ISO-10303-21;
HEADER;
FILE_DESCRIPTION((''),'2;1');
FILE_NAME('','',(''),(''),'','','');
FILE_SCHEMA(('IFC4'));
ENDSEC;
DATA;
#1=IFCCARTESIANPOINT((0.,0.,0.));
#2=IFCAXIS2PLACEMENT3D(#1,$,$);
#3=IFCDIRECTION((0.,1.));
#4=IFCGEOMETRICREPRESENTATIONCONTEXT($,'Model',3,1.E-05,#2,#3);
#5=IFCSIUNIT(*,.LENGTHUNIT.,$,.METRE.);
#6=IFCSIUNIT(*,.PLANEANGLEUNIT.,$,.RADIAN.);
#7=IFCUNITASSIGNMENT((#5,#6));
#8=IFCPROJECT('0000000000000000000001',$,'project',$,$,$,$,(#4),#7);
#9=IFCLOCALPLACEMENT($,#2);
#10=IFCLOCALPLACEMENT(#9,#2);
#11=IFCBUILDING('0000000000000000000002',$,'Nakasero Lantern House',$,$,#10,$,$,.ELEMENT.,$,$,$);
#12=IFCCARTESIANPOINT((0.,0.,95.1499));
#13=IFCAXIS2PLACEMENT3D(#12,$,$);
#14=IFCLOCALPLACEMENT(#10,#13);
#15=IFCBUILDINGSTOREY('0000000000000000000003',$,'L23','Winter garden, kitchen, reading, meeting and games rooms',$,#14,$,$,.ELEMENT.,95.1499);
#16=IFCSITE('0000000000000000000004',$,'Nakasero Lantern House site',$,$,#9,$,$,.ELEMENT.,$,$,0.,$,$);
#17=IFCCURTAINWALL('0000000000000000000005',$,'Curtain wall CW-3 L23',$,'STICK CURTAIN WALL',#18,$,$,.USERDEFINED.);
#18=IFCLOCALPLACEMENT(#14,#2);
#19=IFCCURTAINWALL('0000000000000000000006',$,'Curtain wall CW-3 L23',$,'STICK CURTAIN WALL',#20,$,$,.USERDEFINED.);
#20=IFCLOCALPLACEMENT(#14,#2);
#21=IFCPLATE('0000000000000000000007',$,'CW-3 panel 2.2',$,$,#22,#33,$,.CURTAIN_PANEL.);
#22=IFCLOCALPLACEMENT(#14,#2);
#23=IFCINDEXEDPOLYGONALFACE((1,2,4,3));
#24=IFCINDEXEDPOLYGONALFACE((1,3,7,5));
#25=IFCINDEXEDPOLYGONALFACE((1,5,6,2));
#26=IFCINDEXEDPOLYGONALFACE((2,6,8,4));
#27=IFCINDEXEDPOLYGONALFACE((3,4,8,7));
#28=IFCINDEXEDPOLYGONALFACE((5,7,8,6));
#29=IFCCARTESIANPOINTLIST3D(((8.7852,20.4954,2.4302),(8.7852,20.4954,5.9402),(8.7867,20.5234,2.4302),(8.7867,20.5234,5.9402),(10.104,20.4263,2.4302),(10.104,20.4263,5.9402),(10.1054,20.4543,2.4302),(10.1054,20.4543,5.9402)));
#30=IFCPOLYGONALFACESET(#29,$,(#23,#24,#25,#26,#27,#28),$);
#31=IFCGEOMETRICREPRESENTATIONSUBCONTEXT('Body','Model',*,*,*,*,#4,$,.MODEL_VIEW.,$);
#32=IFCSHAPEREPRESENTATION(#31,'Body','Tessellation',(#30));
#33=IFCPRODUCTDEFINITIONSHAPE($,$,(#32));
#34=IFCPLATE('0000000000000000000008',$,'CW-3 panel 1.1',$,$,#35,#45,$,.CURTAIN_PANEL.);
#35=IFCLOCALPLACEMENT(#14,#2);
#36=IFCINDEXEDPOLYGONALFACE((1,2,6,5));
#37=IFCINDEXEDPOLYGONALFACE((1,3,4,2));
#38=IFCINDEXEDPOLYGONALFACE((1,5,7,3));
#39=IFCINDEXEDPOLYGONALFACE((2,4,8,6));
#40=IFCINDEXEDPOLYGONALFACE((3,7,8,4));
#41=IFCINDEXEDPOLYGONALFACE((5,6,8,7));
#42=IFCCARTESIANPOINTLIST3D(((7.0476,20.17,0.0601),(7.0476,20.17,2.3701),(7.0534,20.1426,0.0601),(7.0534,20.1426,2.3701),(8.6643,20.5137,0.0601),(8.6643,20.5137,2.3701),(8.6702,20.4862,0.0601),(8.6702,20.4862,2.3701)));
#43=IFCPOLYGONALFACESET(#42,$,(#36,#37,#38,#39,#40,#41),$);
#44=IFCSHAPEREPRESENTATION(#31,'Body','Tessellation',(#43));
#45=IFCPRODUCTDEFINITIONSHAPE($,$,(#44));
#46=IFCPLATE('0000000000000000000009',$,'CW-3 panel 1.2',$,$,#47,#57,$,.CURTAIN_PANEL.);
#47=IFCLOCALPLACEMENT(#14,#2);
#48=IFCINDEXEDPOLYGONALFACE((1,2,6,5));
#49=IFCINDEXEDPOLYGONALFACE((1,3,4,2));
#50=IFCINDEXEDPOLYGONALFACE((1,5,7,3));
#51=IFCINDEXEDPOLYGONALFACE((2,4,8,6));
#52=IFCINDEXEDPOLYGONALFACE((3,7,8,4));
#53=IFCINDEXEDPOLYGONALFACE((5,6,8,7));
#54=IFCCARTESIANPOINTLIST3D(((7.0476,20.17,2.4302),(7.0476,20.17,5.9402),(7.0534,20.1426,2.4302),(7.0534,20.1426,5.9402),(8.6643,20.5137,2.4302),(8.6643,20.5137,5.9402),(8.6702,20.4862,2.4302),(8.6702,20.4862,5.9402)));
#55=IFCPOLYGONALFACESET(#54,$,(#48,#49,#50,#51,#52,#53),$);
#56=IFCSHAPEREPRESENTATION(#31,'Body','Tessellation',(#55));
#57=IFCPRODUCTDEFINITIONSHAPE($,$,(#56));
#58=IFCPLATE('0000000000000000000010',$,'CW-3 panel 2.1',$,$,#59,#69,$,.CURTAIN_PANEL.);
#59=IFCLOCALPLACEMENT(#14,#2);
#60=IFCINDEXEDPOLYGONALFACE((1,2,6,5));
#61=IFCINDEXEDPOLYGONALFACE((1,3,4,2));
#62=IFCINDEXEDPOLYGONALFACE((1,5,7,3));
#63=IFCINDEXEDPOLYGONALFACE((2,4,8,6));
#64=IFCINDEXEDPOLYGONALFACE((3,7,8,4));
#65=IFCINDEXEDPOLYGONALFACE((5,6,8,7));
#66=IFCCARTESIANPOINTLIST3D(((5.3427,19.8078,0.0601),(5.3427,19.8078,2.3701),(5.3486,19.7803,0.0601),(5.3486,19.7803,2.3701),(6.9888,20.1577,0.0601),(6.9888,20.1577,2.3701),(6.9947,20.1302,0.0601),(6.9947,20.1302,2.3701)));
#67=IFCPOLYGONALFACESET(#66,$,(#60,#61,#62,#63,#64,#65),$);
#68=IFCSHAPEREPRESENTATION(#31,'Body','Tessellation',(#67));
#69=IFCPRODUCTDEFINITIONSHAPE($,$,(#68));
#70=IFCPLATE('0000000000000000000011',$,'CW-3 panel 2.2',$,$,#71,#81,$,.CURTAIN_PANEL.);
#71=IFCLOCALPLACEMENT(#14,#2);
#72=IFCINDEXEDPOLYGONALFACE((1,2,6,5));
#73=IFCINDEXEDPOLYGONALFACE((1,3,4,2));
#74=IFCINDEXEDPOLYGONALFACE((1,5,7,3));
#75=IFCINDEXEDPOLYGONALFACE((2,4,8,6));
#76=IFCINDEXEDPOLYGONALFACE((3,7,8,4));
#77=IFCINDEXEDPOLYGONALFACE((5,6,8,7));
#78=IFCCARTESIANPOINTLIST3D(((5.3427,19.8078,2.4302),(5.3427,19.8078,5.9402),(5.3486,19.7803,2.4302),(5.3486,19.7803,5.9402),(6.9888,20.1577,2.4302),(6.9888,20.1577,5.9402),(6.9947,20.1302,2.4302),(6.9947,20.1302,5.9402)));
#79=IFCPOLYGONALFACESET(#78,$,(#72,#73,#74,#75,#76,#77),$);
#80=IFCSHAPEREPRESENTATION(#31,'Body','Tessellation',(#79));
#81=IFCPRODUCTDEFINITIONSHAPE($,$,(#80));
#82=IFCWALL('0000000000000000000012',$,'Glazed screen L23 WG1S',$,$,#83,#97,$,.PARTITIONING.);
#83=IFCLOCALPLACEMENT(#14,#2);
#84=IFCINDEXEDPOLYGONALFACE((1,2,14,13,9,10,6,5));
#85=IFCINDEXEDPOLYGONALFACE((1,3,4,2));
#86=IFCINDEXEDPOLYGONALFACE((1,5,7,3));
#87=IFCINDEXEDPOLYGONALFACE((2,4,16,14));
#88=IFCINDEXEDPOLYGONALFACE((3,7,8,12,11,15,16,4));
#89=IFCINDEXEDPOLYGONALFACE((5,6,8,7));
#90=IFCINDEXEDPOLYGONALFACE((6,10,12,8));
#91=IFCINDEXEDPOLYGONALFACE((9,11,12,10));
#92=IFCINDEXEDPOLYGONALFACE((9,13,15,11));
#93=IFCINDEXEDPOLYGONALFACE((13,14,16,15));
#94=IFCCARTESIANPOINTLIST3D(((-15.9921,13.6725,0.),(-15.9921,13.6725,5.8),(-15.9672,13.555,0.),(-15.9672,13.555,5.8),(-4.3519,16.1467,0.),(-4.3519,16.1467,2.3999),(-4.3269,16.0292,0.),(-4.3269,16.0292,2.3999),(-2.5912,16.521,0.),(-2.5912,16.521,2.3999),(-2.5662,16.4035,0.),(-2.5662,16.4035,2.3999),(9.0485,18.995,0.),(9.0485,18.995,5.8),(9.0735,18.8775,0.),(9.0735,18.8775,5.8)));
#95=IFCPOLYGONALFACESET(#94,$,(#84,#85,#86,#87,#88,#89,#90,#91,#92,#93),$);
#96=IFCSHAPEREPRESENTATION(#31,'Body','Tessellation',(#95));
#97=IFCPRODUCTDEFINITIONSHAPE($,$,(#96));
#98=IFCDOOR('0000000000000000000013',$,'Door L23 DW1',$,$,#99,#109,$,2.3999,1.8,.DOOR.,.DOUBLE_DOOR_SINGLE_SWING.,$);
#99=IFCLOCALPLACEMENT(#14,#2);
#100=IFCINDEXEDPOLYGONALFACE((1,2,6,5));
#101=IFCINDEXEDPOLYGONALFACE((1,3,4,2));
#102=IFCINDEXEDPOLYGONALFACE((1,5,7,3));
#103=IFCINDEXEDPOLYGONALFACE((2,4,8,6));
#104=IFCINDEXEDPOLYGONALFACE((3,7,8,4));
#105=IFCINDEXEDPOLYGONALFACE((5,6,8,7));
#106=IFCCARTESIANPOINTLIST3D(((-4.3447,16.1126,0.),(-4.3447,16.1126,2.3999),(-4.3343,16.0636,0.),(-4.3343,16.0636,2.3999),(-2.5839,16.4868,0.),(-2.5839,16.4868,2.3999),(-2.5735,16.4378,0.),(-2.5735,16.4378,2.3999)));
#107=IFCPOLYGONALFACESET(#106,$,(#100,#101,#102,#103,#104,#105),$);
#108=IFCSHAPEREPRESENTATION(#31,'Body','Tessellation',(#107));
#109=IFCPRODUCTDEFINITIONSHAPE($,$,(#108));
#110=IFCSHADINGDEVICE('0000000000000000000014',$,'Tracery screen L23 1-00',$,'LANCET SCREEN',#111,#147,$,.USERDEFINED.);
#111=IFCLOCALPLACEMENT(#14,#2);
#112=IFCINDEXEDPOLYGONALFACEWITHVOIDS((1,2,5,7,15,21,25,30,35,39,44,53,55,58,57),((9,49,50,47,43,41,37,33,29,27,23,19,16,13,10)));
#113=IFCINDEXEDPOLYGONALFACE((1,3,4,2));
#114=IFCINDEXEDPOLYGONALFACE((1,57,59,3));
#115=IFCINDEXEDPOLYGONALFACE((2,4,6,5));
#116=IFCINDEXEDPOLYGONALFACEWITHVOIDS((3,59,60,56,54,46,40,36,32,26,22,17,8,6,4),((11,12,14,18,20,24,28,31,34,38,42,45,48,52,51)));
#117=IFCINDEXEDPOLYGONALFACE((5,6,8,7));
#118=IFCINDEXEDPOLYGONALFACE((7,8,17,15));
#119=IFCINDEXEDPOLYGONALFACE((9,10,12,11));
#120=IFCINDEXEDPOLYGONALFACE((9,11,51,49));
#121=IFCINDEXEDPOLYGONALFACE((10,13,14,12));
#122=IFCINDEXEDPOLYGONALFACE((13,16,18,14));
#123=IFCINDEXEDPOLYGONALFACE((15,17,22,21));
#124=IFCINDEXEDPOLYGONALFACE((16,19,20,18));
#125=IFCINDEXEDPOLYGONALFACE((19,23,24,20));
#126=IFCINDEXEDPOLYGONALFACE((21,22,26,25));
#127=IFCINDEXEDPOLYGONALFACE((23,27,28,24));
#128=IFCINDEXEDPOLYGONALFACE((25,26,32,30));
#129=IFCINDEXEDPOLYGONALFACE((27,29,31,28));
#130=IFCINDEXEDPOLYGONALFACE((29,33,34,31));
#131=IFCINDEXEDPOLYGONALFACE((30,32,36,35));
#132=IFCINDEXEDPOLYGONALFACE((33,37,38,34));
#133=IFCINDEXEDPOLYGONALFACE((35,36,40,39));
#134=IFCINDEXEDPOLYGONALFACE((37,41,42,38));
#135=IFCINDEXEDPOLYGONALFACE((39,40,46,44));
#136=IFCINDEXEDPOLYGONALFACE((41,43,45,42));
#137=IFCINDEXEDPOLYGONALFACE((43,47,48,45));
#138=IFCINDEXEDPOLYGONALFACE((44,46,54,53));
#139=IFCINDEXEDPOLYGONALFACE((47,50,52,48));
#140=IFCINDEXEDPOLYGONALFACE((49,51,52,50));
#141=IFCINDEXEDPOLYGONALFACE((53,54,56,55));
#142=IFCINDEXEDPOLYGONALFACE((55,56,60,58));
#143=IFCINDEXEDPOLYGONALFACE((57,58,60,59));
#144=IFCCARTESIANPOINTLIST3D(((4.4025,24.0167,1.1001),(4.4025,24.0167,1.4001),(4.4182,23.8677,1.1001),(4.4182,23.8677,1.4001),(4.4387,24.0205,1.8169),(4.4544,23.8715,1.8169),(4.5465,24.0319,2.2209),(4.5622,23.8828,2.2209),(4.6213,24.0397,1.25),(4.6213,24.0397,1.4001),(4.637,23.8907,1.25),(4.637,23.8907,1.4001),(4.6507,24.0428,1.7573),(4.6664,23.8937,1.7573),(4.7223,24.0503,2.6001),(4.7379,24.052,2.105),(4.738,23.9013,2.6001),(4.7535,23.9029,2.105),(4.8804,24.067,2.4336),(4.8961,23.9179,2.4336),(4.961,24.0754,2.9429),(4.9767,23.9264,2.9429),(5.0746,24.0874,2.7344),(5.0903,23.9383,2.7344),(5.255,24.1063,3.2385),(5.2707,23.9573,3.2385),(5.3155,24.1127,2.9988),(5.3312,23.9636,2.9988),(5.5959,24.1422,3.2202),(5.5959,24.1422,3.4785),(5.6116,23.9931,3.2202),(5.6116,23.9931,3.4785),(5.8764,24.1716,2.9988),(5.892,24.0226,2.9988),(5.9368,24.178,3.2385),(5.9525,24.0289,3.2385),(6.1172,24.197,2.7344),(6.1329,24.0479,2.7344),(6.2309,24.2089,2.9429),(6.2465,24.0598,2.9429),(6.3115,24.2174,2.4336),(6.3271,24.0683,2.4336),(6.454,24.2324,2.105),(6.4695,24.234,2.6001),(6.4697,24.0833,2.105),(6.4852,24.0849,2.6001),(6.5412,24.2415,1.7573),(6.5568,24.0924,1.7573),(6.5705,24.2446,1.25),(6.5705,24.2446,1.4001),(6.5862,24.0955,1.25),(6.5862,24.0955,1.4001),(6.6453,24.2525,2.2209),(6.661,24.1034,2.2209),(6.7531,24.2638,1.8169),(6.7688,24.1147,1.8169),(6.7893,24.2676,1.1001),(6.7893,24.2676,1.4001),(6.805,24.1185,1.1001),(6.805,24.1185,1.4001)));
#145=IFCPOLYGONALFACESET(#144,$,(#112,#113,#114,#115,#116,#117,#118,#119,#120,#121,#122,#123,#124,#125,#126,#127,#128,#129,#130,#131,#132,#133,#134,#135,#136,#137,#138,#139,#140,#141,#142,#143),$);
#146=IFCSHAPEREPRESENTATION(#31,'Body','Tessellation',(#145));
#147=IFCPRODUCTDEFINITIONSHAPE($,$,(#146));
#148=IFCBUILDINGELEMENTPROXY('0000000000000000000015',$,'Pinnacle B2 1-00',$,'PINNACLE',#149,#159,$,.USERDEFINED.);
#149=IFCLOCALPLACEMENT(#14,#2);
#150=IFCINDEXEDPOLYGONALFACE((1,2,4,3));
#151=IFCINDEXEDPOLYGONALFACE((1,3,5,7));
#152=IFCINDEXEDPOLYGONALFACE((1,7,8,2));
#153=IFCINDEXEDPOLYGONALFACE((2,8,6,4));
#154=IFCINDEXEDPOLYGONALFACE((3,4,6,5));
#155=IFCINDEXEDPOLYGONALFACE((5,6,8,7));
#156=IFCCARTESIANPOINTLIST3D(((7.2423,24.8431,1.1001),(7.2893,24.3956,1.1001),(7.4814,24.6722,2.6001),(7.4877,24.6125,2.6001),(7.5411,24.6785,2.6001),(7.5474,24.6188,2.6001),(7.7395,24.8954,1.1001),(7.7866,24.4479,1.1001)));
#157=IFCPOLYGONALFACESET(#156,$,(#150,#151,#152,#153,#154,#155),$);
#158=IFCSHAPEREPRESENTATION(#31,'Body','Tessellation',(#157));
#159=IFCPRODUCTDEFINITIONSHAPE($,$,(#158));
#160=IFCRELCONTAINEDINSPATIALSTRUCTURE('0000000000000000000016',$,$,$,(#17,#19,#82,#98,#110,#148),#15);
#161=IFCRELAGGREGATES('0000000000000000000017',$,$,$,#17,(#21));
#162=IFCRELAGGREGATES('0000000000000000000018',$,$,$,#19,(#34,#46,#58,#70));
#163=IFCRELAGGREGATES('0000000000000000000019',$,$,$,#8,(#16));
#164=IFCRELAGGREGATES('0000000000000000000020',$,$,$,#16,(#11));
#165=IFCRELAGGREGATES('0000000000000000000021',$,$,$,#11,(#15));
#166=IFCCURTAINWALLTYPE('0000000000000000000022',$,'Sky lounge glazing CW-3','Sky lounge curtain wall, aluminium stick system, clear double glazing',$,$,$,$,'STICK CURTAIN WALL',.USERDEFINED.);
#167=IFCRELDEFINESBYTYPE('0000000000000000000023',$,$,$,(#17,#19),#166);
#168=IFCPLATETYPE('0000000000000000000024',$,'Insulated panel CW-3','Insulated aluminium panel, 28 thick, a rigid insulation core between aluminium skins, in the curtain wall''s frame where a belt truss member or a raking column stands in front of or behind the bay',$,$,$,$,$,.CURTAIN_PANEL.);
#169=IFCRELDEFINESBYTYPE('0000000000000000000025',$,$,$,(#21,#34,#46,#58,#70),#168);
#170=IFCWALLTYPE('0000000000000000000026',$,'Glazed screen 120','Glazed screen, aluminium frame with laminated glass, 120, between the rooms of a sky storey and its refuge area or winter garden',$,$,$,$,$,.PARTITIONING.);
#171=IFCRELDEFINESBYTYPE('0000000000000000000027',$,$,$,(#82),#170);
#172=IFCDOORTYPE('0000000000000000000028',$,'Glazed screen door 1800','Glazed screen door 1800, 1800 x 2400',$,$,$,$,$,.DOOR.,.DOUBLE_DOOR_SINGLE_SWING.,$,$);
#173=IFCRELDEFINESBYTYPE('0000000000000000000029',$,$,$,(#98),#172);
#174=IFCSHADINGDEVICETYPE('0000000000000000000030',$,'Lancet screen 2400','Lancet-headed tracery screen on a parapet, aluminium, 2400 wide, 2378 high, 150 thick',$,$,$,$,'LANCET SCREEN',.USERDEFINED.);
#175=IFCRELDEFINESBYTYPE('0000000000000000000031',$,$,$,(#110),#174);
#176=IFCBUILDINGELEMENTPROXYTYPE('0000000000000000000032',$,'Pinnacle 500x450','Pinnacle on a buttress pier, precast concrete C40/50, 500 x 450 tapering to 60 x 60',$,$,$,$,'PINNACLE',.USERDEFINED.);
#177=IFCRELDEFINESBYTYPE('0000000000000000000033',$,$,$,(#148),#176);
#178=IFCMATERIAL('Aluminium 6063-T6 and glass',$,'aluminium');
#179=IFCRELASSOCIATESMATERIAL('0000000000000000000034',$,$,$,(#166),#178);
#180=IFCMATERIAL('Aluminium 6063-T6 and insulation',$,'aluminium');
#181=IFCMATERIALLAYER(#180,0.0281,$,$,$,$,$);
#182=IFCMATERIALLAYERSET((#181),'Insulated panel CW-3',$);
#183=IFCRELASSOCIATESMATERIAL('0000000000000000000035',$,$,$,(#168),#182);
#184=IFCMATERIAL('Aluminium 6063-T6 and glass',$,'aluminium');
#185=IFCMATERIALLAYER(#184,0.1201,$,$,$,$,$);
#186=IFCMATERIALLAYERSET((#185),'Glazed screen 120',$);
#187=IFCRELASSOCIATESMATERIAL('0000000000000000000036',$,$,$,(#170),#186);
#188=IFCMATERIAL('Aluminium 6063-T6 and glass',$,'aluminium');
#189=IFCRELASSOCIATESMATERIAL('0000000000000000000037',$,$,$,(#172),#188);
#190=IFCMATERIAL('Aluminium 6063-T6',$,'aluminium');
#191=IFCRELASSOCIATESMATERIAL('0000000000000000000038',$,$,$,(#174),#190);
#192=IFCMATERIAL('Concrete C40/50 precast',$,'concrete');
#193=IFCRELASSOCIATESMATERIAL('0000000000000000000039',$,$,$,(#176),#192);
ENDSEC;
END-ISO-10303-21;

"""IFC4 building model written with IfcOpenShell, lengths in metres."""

from ifc_helpers import new_model, entity, si_unit, direction, frame, frame_2d, origin, origin_2d, place, context, subcontext, project, spatial, polyline, rectangle, outline, extrude, material, layer, layer_set, type_object, element, fill, aggregate, save


model = new_model("IFC4")

# Units and contexts
model_context = context("Model", 3, precision=1e-05, world=origin(), true_north=direction((0.0, 1.0)))
body_context = subcontext(model_context, "Body", "Model", "MODEL_VIEW")
ifc_project = project(units=[si_unit("LENGTHUNIT", "METRE"), si_unit("PLANEANGLEUNIT", "RADIAN")], contexts=[model_context])

# Site, building, storey
site_placement = place(None, origin())
site = spatial("IfcSite", under=ifc_project, at=site_placement, Name="Nakasero Lantern House site", CompositionType="ELEMENT", RefElevation=0.0)
building_placement = place(site_placement, origin())
building = spatial("IfcBuilding", under=site, at=building_placement, Name="Nakasero Lantern House", CompositionType="ELEMENT")
storey_placement = place(building_placement, frame((0.0, 0.0, 95.1499)))
storey = spatial("IfcBuildingStorey", under=building, at=storey_placement, Name="L23", Description="Winter garden, kitchen, reading, meeting and games rooms", CompositionType="ELEMENT", Elevation=95.1499)

# Curtain wall
ifc_material_1 = material(Name="Aluminium 6063-T6 and glass", Category="aluminium")
curtain_wall_type = type_object("IfcCurtainWallType", Name="Sky lounge glazing CW-3", Description="Sky lounge curtain wall, aluminium stick system, clear double glazing", ElementType="STICK CURTAIN WALL", PredefinedType="USERDEFINED", material=ifc_material_1)
curtain_wall_1_placement = place(storey_placement, origin())
curtain_wall_1 = element("IfcCurtainWall", 1, at=curtain_wall_1_placement, inside=storey, type_object=curtain_wall_type, Name="Curtain wall CW-3 L23", ObjectType="STICK CURTAIN WALL", PredefinedType="USERDEFINED")

# Curtain wall
curtain_wall_2_placement = place(storey_placement, origin())
curtain_wall_2 = element("IfcCurtainWall", 2, at=curtain_wall_2_placement, inside=storey, type_object=curtain_wall_type, Name="Curtain wall CW-3 L23", ObjectType="STICK CURTAIN WALL", PredefinedType="USERDEFINED")

# Plates
ifc_material_2 = material(Name="Aluminium 6063-T6 and insulation", Category="aluminium")
ifc_layer_1 = layer(ifc_material_2, 0.0281)
ifc_layer_set_1 = layer_set([ifc_layer_1], Name="Insulated panel CW-3")
plate_type = type_object("IfcPlateType", Name="Insulated panel CW-3", Description="Insulated aluminium panel, 28 thick, a rigid insulation core between aluminium skins, in the curtain wall's frame where a belt truss member or a raking column stands in front of or behind the bay", PredefinedType="CURTAIN_PANEL", material=ifc_layer_set_1)
plate_1_placement = place(storey_placement, frame((9.4453, 20.4749, 2.4302), z_axis=(0.0, 0.0, 1.0), x_axis=(-0.99863, 0.052336, 0.0)))
plate_1 = element("IfcPlate", 3, at=plate_1_placement, type_object=plate_type, Name="CW-3 panel 2.2", PredefinedType="CURTAIN_PANEL", context=body_context, shape_type="SweptSolid", body=[
    extrude(rectangle(XDim=1.3206, YDim=0.0281, at=origin_2d()), origin(), (0.0, 0.0, 1.0), 3.51),
])
aggregate(curtain_wall_1, [plate_1])
plate_2_placement = place(storey_placement, frame((7.8589, 20.3281, 0.0601), z_axis=(0.0, 0.0, 1.0), x_axis=(-0.978148, -0.207912, 0.0)))
plate_2 = element("IfcPlate", 4, at=plate_2_placement, type_object=plate_type, Name="CW-3 panel 1.1", PredefinedType="CURTAIN_PANEL", context=body_context, shape_type="SweptSolid", body=[
    extrude(rectangle(XDim=1.6528, YDim=0.0281, at=origin_2d()), origin(), (0.0, 0.0, 1.0), 2.3101),
])
plate_3_placement = place(storey_placement, frame((7.8589, 20.3281, 2.4302), z_axis=(0.0, 0.0, 1.0), x_axis=(-0.978148, -0.207912, 0.0)))
plate_3 = element("IfcPlate", 5, at=plate_3_placement, type_object=plate_type, Name="CW-3 panel 1.2", PredefinedType="CURTAIN_PANEL", context=body_context, shape_type="SweptSolid", body=[
    extrude(rectangle(XDim=1.6528, YDim=0.0281, at=origin_2d()), origin(), (0.0, 0.0, 1.0), 3.51),
])
plate_4_placement = place(storey_placement, frame((6.1687, 19.969, 0.0601), z_axis=(0.0, 0.0, 1.0), x_axis=(-0.978148, -0.207912, 0.0)))
plate_4 = element("IfcPlate", 6, at=plate_4_placement, type_object=plate_type, Name="CW-3 panel 2.1", PredefinedType="CURTAIN_PANEL", context=body_context, shape_type="SweptSolid", body=[
    extrude(rectangle(XDim=1.6829, YDim=0.0281, at=origin_2d()), origin(), (0.0, 0.0, 1.0), 2.3101),
])
plate_5_placement = place(storey_placement, frame((6.1687, 19.969, 2.4302), z_axis=(0.0, 0.0, 1.0), x_axis=(-0.978148, -0.207912, 0.0)))
plate_5 = element("IfcPlate", 7, at=plate_5_placement, type_object=plate_type, Name="CW-3 panel 2.2", PredefinedType="CURTAIN_PANEL", context=body_context, shape_type="SweptSolid", body=[
    extrude(rectangle(XDim=1.6829, YDim=0.0281, at=origin_2d()), origin(), (0.0, 0.0, 1.0), 3.51),
])
aggregate(curtain_wall_2, [plate_2, plate_3, plate_4, plate_5])

# Wall, opening, door
ifc_material_3 = material(Name="Aluminium 6063-T6 and glass", Category="aluminium")
ifc_layer_2 = layer(ifc_material_3, 0.1201)
ifc_layer_set_2 = layer_set([ifc_layer_2], Name="Glazed screen 120")
wall_type = type_object("IfcWallType", Name="Glazed screen 120", Description="Glazed screen, aluminium frame with laminated glass, 120, between the rooms of a sky storey and its refuge area or winter garden", PredefinedType="PARTITIONING", material=ifc_layer_set_2)
wall_placement = place(storey_placement, frame((9.061, 18.9363, 0.0), z_axis=(0.0, 0.0, 1.0), x_axis=(-0.978148, -0.207909, 0.0)))
wall = element("IfcWall", 8, at=wall_placement, inside=storey, type_object=wall_type, Name="Glazed screen L23 WG1S", PredefinedType="PARTITIONING", context=body_context, shape_type="SweptSolid", body=[
    extrude(rectangle(XDim=25.6001, YDim=0.1201, at=frame_2d((12.8, 0.0))), origin(), (0.0, 0.0, 1.0), 5.8),
])
opening_placement = place(wall_placement, frame((11.8999, 0.0, 0.0)))
opening = element("IfcOpeningElement", 9, at=opening_placement, cuts=wall, PredefinedType="OPENING", context=body_context, shape_type="SweptSolid", body=[
    extrude(rectangle(XDim=1.8, YDim=2.3999, at=frame_2d((0.8999, 1.2))), frame((0.0, 0.0801, 0.0), z_axis=(0.0, -1.0, 0.0), x_axis=(1.0, 0.0, 0.0)), (0.0, 0.0, 1.0), 0.1602),
])
ifc_material_4 = material(Name="Aluminium 6063-T6 and glass", Category="aluminium")
door_type = type_object("IfcDoorType", Name="Glazed screen door 1800", Description="Glazed screen door 1800, 1800 x 2400", OperationType="DOUBLE_DOOR_SINGLE_SWING", PredefinedType="DOOR", material=ifc_material_4)
door_placement = place(opening_placement, origin())
door = element("IfcDoor", 10, at=door_placement, inside=storey, type_object=door_type, Name="Door L23 DW1", OperationType="DOUBLE_DOOR_SINGLE_SWING", OverallHeight=2.3999, OverallWidth=1.8, PredefinedType="DOOR", context=body_context, shape_type="SweptSolid", body=[
    extrude(rectangle(XDim=1.8, YDim=2.3999, at=frame_2d((0.8999, 1.2))), frame((0.0, 0.0249, 0.0), z_axis=(0.0, -1.0, 0.0), x_axis=(1.0, 0.0, 0.0)), (0.0, 0.0, 1.0), 0.05),
])
fill(opening, door)

# Shading device
ifc_material_5 = material(Name="Aluminium 6063-T6", Category="aluminium")
shading_device_type = type_object("IfcShadingDeviceType", Name="Lancet screen 2400", Description="Lancet-headed tracery screen on a parapet, aluminium, 2400 wide, 2378 high, 150 thick", ElementType="LANCET SCREEN", PredefinedType="USERDEFINED", material=ifc_material_5)
shading_device_placement = place(storey_placement, frame((5.6038, 24.0676, 1.1001), z_axis=(0.0, 0.0, 1.0), x_axis=(-0.994522, -0.104528, 0.0)))
element("IfcShadingDevice", 11, at=shading_device_placement, inside=storey, type_object=shading_device_type, Name="Tracery screen L23 1-00", ObjectType="LANCET SCREEN", PredefinedType="USERDEFINED", context=body_context, shape_type="SweptSolid", body=[
    extrude(outline(polyline([(-1.2, 0.0), (1.2, 0.0), (1.2, 0.3), (1.1636, 0.7168), (1.0552, 1.1208), (0.8784, 1.5), (0.6384, 1.8428), (0.3428, 2.1384), (0.0, 2.3784), (-0.3428, 2.1384), (-0.6384, 1.8428), (-0.8784, 1.5), (-1.0552, 1.1208), (-1.1636, 0.7168), (-1.2, 0.3), (-1.2, 0.0)]), holes=[polyline([(-0.98, 0.1499), (0.98, 0.1499), (0.98, 0.3), (0.9504, 0.6572), (0.8628, 1.0049), (0.7195, 1.3335), (0.5242, 1.6343), (0.282, 1.8987), (0.0, 2.1201), (-0.282, 1.8987), (-0.5242, 1.6343), (-0.7195, 1.3335), (-0.8628, 1.0049), (-0.9504, 0.6572), (-0.98, 0.3), (-0.98, 0.1499)])]), frame((0.0, 0.075, 0.0), z_axis=(0.0, -1.0, 0.0), x_axis=(1.0, 0.0, 0.0)), (0.0, 0.0, 1.0), 0.1499),
])

# Building element proxy
ifc_material_6 = material(Name="Concrete C40/50 precast", Category="concrete")
building_element_proxy_type = type_object("IfcBuildingElementProxyType", Name="Pinnacle 500x450", Description="Pinnacle on a buttress pier, precast concrete C40/50, 500 x 450 tapering to 60 x 60", ElementType="PINNACLE", PredefinedType="USERDEFINED", material=ifc_material_6)
proxy_placement = place(storey_placement, frame((7.5144, 24.6455, 1.1001), z_axis=(0.0, 0.0, 1.0), x_axis=(-0.104528, 0.994522, 0.0)))
element("IfcBuildingElementProxy", 12, at=proxy_placement, inside=storey, type_object=building_element_proxy_type, Name="Pinnacle B2 1-00", ObjectType="PINNACLE", PredefinedType="USERDEFINED", context=body_context, shape_type="SweptSolid", body=[
    entity("IfcExtrudedAreaSolidTapered", entity("IfcRectangleProfileDef", "AREA", None, entity("IfcAxis2Placement2D", entity("IfcCartesianPoint", [0.0, 0.0])), 0.45, 0.5), entity("IfcAxis2Placement3D", entity("IfcCartesianPoint", [0.0, 0.0, 0.0])), entity("IfcDirection", [0.0, 0.0, 1.0]), 1.5, entity("IfcRectangleProfileDef", "AREA", None, entity("IfcAxis2Placement2D", entity("IfcCartesianPoint", [0.0, 0.0])), 0.0601, 0.0601)),
])

save(model, "model.ifc")
